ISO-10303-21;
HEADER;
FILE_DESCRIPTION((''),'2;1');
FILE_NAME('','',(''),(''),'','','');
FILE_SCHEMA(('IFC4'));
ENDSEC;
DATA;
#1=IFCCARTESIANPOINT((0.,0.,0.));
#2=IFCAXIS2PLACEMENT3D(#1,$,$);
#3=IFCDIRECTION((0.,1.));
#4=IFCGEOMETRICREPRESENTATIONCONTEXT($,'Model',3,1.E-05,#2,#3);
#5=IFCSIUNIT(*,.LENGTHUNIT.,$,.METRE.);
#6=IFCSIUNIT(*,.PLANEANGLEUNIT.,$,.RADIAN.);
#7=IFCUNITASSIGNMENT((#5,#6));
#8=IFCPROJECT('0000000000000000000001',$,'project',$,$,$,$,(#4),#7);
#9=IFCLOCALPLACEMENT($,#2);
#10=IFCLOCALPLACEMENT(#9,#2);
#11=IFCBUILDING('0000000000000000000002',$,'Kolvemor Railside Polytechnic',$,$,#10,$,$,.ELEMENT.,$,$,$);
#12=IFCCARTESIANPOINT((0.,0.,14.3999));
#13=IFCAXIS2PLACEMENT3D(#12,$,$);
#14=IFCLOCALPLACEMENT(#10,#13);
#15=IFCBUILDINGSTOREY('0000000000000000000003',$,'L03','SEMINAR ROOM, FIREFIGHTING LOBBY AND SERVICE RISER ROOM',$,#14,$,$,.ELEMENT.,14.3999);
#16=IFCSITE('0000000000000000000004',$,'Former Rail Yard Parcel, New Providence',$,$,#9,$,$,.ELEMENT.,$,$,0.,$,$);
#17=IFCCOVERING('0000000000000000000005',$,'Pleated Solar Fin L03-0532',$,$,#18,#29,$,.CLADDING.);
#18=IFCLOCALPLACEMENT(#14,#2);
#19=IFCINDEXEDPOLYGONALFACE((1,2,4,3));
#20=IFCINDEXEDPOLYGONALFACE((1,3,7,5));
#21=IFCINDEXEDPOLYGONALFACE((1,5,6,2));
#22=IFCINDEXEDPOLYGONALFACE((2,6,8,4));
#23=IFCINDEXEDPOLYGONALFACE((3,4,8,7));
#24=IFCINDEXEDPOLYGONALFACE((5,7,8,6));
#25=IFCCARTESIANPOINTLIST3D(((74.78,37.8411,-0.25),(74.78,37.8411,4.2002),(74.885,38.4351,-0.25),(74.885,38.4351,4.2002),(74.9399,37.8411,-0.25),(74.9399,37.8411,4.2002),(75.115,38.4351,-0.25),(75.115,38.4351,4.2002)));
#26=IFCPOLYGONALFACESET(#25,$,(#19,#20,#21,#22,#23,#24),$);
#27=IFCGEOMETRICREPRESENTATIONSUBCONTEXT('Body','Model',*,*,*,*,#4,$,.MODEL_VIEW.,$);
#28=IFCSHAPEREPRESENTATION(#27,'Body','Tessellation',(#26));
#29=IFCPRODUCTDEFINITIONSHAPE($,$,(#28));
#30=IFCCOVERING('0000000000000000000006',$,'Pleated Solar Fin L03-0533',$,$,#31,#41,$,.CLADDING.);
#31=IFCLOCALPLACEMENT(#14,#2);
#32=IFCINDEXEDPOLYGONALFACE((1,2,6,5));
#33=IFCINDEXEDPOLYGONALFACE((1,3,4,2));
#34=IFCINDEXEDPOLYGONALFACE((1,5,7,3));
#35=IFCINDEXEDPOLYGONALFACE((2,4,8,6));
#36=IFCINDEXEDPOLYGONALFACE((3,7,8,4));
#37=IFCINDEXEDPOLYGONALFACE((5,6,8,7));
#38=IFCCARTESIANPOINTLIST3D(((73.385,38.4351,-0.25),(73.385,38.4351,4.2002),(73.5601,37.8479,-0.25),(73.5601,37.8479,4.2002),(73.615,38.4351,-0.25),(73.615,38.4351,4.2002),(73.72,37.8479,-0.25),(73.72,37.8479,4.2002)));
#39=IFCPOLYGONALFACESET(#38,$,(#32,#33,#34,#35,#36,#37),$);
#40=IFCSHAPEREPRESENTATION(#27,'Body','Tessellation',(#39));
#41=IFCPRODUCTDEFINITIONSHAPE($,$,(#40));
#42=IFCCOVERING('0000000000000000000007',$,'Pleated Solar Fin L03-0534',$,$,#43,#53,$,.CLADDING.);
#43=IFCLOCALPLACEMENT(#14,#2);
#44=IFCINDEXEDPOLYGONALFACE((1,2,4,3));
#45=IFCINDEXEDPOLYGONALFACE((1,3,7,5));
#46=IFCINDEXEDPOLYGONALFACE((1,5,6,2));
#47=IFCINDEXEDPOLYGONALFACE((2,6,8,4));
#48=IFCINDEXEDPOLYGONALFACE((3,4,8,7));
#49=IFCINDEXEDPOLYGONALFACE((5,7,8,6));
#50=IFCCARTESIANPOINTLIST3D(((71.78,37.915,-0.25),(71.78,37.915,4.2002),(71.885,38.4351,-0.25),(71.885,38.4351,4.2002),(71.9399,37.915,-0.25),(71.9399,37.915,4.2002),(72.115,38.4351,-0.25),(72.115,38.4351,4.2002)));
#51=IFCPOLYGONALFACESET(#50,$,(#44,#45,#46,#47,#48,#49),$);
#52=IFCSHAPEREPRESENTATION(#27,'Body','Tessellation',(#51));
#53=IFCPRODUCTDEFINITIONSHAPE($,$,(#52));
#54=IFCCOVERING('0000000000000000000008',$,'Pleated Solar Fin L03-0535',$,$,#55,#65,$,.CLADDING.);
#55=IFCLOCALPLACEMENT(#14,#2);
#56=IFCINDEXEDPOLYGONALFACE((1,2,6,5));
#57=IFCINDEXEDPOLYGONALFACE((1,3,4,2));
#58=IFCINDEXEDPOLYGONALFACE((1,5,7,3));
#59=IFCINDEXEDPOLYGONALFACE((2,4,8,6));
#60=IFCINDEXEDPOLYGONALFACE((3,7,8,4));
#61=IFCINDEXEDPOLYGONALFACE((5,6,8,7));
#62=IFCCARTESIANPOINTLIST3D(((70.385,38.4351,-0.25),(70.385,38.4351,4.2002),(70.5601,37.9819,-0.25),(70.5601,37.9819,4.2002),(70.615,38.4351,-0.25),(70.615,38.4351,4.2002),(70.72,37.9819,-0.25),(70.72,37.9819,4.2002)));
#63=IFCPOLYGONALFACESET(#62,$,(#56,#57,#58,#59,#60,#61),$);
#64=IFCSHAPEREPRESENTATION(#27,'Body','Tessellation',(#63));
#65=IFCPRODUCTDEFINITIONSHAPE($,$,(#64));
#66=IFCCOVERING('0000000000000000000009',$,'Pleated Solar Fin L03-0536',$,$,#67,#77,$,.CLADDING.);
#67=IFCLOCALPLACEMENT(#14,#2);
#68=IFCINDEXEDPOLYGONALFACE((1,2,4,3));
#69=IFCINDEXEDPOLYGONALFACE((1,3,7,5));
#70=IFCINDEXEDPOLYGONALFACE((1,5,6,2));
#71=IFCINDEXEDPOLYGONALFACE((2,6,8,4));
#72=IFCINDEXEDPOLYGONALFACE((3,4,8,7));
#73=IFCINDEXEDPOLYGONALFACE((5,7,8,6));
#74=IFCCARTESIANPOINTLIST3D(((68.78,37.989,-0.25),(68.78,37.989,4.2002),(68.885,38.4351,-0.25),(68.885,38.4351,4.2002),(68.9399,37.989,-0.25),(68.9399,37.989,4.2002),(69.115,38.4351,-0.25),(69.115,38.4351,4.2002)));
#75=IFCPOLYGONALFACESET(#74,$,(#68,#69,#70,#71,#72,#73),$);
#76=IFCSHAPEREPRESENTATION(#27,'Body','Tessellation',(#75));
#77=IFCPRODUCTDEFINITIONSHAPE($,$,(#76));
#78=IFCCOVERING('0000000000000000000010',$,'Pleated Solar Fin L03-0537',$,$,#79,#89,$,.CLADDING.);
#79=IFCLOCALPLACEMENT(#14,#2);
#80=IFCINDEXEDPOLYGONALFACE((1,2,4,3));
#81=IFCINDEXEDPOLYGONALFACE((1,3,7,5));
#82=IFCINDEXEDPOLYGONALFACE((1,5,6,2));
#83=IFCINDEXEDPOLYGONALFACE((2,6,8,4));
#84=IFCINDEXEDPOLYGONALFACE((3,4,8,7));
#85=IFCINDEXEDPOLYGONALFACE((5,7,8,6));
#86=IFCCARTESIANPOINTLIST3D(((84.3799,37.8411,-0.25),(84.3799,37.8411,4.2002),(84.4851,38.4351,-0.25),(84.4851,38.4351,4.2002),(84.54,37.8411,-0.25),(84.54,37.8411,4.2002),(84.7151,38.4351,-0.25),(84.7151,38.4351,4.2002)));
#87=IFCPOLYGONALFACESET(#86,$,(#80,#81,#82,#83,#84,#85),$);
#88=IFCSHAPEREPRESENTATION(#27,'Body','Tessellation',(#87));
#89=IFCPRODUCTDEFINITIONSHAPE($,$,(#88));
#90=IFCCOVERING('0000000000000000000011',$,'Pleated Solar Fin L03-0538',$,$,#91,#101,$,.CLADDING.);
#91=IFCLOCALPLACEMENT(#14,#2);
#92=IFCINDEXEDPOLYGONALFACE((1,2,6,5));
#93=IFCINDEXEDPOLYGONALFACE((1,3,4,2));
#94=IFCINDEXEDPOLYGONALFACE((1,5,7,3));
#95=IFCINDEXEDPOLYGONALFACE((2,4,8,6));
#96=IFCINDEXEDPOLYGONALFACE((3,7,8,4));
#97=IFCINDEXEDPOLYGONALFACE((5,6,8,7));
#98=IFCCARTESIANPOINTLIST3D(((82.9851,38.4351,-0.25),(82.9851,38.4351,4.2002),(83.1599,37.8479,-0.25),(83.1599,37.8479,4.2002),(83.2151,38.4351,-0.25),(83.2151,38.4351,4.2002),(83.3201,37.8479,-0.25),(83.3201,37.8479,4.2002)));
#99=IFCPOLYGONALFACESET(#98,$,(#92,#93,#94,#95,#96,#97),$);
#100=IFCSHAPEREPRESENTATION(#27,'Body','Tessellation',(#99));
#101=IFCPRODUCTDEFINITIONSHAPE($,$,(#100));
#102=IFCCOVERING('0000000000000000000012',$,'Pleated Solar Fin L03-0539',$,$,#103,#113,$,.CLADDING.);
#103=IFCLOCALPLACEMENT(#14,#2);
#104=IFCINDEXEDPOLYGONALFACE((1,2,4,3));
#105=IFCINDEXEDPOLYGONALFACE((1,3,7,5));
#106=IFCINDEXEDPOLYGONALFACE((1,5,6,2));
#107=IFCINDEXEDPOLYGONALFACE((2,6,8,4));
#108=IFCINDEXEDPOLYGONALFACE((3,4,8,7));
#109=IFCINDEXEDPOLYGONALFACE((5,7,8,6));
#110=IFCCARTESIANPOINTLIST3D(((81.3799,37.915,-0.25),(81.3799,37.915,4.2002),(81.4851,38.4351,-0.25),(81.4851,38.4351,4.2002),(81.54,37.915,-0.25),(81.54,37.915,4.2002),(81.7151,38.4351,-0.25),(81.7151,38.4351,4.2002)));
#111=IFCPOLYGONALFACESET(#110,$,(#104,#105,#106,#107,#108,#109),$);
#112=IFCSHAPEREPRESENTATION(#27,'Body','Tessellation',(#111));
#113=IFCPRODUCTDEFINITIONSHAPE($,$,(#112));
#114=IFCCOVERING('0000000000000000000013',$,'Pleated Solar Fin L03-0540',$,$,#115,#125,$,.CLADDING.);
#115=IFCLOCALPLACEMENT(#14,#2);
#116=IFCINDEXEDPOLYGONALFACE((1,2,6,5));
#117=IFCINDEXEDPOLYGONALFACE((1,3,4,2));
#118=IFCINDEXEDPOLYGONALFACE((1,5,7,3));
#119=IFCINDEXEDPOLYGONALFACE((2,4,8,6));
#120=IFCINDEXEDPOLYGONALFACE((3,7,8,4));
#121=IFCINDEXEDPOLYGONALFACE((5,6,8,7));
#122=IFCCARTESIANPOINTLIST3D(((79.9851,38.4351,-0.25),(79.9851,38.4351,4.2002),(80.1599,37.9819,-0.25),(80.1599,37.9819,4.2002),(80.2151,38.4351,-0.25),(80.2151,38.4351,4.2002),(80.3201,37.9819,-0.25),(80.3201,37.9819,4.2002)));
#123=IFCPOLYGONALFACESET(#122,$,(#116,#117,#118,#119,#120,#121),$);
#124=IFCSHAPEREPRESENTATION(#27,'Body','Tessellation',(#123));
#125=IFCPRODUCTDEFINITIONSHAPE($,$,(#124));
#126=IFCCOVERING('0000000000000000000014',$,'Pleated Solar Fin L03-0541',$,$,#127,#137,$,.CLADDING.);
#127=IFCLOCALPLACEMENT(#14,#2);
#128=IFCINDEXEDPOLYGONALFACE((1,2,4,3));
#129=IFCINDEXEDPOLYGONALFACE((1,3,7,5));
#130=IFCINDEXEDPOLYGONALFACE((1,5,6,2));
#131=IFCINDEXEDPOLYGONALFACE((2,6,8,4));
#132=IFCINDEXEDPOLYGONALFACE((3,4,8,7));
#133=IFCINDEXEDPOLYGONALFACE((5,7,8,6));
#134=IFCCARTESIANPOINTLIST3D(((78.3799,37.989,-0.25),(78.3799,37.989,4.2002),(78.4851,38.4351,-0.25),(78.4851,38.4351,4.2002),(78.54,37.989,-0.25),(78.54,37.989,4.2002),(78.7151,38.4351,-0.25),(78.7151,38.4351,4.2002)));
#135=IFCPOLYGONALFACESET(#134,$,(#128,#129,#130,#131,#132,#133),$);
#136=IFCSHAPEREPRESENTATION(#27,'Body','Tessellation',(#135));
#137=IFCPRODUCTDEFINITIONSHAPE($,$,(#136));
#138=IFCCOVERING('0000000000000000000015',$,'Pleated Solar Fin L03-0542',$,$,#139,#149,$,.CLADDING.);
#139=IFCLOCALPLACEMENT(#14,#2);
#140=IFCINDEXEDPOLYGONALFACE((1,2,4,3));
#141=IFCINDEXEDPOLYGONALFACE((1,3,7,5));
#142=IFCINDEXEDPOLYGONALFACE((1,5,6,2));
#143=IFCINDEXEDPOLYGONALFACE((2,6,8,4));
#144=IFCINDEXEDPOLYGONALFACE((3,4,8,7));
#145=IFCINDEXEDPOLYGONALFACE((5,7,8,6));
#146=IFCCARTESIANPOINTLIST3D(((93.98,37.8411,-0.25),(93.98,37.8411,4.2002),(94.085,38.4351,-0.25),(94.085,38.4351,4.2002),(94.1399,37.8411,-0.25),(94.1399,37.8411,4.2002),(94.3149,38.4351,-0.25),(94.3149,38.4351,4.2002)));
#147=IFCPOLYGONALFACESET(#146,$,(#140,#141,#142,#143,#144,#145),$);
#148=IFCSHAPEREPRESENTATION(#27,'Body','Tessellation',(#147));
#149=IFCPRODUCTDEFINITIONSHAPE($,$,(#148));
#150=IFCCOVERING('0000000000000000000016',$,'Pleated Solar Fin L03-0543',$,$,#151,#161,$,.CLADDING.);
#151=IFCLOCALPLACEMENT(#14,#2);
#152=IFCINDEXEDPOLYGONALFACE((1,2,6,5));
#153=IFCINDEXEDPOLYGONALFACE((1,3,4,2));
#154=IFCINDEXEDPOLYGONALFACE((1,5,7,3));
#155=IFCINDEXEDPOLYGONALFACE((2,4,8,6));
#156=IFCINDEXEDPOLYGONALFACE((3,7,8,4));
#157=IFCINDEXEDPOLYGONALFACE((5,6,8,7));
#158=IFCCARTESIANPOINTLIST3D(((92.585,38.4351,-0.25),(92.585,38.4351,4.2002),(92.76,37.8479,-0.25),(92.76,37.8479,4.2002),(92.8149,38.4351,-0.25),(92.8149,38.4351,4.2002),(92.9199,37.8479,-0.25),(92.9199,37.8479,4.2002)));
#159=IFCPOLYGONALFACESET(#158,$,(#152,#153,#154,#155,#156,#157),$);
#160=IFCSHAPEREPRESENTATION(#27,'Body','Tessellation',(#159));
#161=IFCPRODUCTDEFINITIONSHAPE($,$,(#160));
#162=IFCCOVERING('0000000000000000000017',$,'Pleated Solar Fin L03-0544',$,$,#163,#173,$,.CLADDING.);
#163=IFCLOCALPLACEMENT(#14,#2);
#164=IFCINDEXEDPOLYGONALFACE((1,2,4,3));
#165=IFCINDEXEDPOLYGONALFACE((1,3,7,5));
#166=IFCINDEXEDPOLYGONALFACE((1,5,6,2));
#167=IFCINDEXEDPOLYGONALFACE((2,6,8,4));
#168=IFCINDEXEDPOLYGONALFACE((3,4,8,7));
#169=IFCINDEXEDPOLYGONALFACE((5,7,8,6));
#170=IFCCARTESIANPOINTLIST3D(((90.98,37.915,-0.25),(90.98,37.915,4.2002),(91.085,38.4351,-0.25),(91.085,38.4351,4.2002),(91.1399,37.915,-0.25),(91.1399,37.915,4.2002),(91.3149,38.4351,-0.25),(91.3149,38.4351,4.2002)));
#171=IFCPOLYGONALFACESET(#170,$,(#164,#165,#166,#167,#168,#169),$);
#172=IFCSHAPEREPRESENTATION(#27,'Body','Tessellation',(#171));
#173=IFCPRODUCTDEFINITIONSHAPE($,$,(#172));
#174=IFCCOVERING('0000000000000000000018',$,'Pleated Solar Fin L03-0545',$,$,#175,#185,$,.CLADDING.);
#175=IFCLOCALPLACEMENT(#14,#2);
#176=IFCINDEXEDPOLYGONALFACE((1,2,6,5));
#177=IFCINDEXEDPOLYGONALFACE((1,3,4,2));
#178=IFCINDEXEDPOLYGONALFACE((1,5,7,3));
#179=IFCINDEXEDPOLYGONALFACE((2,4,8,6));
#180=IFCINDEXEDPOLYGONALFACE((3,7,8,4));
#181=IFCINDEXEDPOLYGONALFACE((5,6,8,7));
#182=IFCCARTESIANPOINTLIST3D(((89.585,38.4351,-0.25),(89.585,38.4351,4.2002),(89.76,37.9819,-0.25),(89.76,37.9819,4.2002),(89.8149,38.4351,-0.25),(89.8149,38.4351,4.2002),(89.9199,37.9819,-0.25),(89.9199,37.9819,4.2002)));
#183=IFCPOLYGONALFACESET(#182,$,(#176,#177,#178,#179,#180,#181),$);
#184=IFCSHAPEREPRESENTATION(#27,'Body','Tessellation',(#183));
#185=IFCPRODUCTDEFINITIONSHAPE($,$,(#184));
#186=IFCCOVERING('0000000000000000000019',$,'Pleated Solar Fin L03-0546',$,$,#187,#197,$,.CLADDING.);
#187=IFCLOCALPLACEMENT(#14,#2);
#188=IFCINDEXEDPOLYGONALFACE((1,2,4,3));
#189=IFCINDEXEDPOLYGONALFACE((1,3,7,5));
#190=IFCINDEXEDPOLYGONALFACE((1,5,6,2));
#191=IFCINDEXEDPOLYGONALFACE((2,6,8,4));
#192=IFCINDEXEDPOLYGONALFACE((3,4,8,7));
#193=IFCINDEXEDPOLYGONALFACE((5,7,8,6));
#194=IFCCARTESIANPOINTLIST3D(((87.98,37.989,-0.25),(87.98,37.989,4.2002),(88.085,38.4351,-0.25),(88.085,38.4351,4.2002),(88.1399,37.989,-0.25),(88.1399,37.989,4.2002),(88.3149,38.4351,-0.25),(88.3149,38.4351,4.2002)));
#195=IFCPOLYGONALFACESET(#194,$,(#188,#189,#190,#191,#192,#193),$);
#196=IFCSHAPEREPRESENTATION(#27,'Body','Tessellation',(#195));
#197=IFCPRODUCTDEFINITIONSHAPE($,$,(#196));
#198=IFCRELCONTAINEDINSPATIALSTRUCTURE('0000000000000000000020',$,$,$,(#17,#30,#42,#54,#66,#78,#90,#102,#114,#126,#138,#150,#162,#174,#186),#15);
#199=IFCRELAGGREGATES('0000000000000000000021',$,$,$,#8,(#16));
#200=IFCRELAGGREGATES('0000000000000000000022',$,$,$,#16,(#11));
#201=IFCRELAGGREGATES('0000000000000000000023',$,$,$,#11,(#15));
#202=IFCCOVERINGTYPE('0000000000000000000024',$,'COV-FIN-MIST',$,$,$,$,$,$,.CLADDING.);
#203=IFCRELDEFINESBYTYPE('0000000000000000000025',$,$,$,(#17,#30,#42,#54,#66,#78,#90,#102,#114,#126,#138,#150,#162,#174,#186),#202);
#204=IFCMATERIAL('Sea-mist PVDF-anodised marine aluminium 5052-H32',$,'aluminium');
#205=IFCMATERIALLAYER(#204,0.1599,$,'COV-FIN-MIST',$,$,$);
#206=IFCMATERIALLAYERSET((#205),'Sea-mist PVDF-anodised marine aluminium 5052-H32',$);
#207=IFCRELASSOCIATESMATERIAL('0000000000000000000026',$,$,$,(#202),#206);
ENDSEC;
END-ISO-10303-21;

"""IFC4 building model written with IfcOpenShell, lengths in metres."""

from ifc_helpers import new_model, si_unit, direction, frame, origin, place, context, subcontext, project, spatial, polyline, outline, extrude, material, layer, layer_set, type_object, element, save


model = new_model("IFC4")

# Units and contexts
model_context = context("Model", 3, precision=1e-05, world=origin(), true_north=direction((0.0, 1.0)))
body_context = subcontext(model_context, "Body", "Model", "MODEL_VIEW")
ifc_project = project(units=[si_unit("LENGTHUNIT", "METRE"), si_unit("PLANEANGLEUNIT", "RADIAN")], contexts=[model_context])

# Site, building, storey
site_placement = place(None, origin())
site = spatial("IfcSite", under=ifc_project, at=site_placement, Name="Former Rail Yard Parcel, New Providence", CompositionType="ELEMENT", RefElevation=0.0)
building_placement = place(site_placement, origin())
building = spatial("IfcBuilding", under=site, at=building_placement, Name="Kolvemor Railside Polytechnic", CompositionType="ELEMENT")
storey_placement = place(building_placement, frame((0.0, 0.0, 14.3999)))
storey = spatial("IfcBuildingStorey", under=building, at=storey_placement, Name="L03", Description="SEMINAR ROOM, FIREFIGHTING LOBBY AND SERVICE RISER ROOM", CompositionType="ELEMENT", Elevation=14.3999)

# Coverings
ifc_material = material(Name="Sea-mist PVDF-anodised marine aluminium 5052-H32", Category="aluminium")
ifc_layer = layer(ifc_material, 0.1599, Name="COV-FIN-MIST")
ifc_layer_set = layer_set([ifc_layer], Name="Sea-mist PVDF-anodised marine aluminium 5052-H32")
covering_type = type_object("IfcCoveringType", Name="COV-FIN-MIST", PredefinedType="CLADDING", material=ifc_layer_set)
covering_1_placement = place(storey_placement, frame((0.0, 0.0, -0.25)))
element("IfcCovering", 1, at=covering_1_placement, inside=storey, type_object=covering_type, Name="Pleated Solar Fin L03-0532", PredefinedType="CLADDING", context=body_context, shape_type="SweptSolid", body=[
    extrude(outline(polyline([(75.115, 38.4351), (74.885, 38.4351), (74.78, 37.8411), (74.9399, 37.8411), (75.115, 38.4351)])), origin(), (0.0, 0.0, 1.0), 4.4502),
])
covering_2_placement = place(storey_placement, frame((0.0, 0.0, -0.25)))
element("IfcCovering", 2, at=covering_2_placement, inside=storey, type_object=covering_type, Name="Pleated Solar Fin L03-0533", PredefinedType="CLADDING", context=body_context, shape_type="SweptSolid", body=[
    extrude(outline(polyline([(73.615, 38.4351), (73.385, 38.4351), (73.5601, 37.8479), (73.72, 37.8479), (73.615, 38.4351)])), origin(), (0.0, 0.0, 1.0), 4.4502),
])
covering_3_placement = place(storey_placement, frame((0.0, 0.0, -0.25)))
element("IfcCovering", 3, at=covering_3_placement, inside=storey, type_object=covering_type, Name="Pleated Solar Fin L03-0534", PredefinedType="CLADDING", context=body_context, shape_type="SweptSolid", body=[
    extrude(outline(polyline([(72.115, 38.4351), (71.885, 38.4351), (71.78, 37.915), (71.9399, 37.915), (72.115, 38.4351)])), origin(), (0.0, 0.0, 1.0), 4.4502),
])
covering_4_placement = place(storey_placement, frame((0.0, 0.0, -0.25)))
element("IfcCovering", 4, at=covering_4_placement, inside=storey, type_object=covering_type, Name="Pleated Solar Fin L03-0535", PredefinedType="CLADDING", context=body_context, shape_type="SweptSolid", body=[
    extrude(outline(polyline([(70.615, 38.4351), (70.385, 38.4351), (70.5601, 37.9819), (70.72, 37.9819), (70.615, 38.4351)])), origin(), (0.0, 0.0, 1.0), 4.4502),
])
covering_5_placement = place(storey_placement, frame((0.0, 0.0, -0.25)))
element("IfcCovering", 5, at=covering_5_placement, inside=storey, type_object=covering_type, Name="Pleated Solar Fin L03-0536", PredefinedType="CLADDING", context=body_context, shape_type="SweptSolid", body=[
    extrude(outline(polyline([(69.115, 38.4351), (68.885, 38.4351), (68.78, 37.989), (68.9399, 37.989), (69.115, 38.4351)])), origin(), (0.0, 0.0, 1.0), 4.4502),
])
covering_6_placement = place(storey_placement, frame((0.0, 0.0, -0.25)))
element("IfcCovering", 6, at=covering_6_placement, inside=storey, type_object=covering_type, Name="Pleated Solar Fin L03-0537", PredefinedType="CLADDING", context=body_context, shape_type="SweptSolid", body=[
    extrude(outline(polyline([(84.7151, 38.4351), (84.4851, 38.4351), (84.3799, 37.8411), (84.54, 37.8411), (84.7151, 38.4351)])), origin(), (0.0, 0.0, 1.0), 4.4502),
])
covering_7_placement = place(storey_placement, frame((0.0, 0.0, -0.25)))
element("IfcCovering", 7, at=covering_7_placement, inside=storey, type_object=covering_type, Name="Pleated Solar Fin L03-0538", PredefinedType="CLADDING", context=body_context, shape_type="SweptSolid", body=[
    extrude(outline(polyline([(83.2151, 38.4351), (82.9851, 38.4351), (83.1599, 37.8479), (83.3201, 37.8479), (83.2151, 38.4351)])), origin(), (0.0, 0.0, 1.0), 4.4502),
])
covering_8_placement = place(storey_placement, frame((0.0, 0.0, -0.25)))
element("IfcCovering", 8, at=covering_8_placement, inside=storey, type_object=covering_type, Name="Pleated Solar Fin L03-0539", PredefinedType="CLADDING", context=body_context, shape_type="SweptSolid", body=[
    extrude(outline(polyline([(81.7151, 38.4351), (81.4851, 38.4351), (81.3799, 37.915), (81.54, 37.915), (81.7151, 38.4351)])), origin(), (0.0, 0.0, 1.0), 4.4502),
])
covering_9_placement = place(storey_placement, frame((0.0, 0.0, -0.25)))
element("IfcCovering", 9, at=covering_9_placement, inside=storey, type_object=covering_type, Name="Pleated Solar Fin L03-0540", PredefinedType="CLADDING", context=body_context, shape_type="SweptSolid", body=[
    extrude(outline(polyline([(80.2151, 38.4351), (79.9851, 38.4351), (80.1599, 37.9819), (80.3201, 37.9819), (80.2151, 38.4351)])), origin(), (0.0, 0.0, 1.0), 4.4502),
])
covering_10_placement = place(storey_placement, frame((0.0, 0.0, -0.25)))
element("IfcCovering", 10, at=covering_10_placement, inside=storey, type_object=covering_type, Name="Pleated Solar Fin L03-0541", PredefinedType="CLADDING", context=body_context, shape_type="SweptSolid", body=[
    extrude(outline(polyline([(78.7151, 38.4351), (78.4851, 38.4351), (78.3799, 37.989), (78.54, 37.989), (78.7151, 38.4351)])), origin(), (0.0, 0.0, 1.0), 4.4502),
])
covering_11_placement = place(storey_placement, frame((0.0, 0.0, -0.25)))
element("IfcCovering", 11, at=covering_11_placement, inside=storey, type_object=covering_type, Name="Pleated Solar Fin L03-0542", PredefinedType="CLADDING", context=body_context, shape_type="SweptSolid", body=[
    extrude(outline(polyline([(94.3149, 38.4351), (94.085, 38.4351), (93.98, 37.8411), (94.1399, 37.8411), (94.3149, 38.4351)])), origin(), (0.0, 0.0, 1.0), 4.4502),
])
covering_12_placement = place(storey_placement, frame((0.0, 0.0, -0.25)))
element("IfcCovering", 12, at=covering_12_placement, inside=storey, type_object=covering_type, Name="Pleated Solar Fin L03-0543", PredefinedType="CLADDING", context=body_context, shape_type="SweptSolid", body=[
    extrude(outline(polyline([(92.8149, 38.4351), (92.585, 38.4351), (92.76, 37.8479), (92.9199, 37.8479), (92.8149, 38.4351)])), origin(), (0.0, 0.0, 1.0), 4.4502),
])
covering_13_placement = place(storey_placement, frame((0.0, 0.0, -0.25)))
element("IfcCovering", 13, at=covering_13_placement, inside=storey, type_object=covering_type, Name="Pleated Solar Fin L03-0544", PredefinedType="CLADDING", context=body_context, shape_type="SweptSolid", body=[
    extrude(outline(polyline([(91.3149, 38.4351), (91.085, 38.4351), (90.98, 37.915), (91.1399, 37.915), (91.3149, 38.4351)])), origin(), (0.0, 0.0, 1.0), 4.4502),
])
covering_14_placement = place(storey_placement, frame((0.0, 0.0, -0.25)))
element("IfcCovering", 14, at=covering_14_placement, inside=storey, type_object=covering_type, Name="Pleated Solar Fin L03-0545", PredefinedType="CLADDING", context=body_context, shape_type="SweptSolid", body=[
    extrude(outline(polyline([(89.8149, 38.4351), (89.585, 38.4351), (89.76, 37.9819), (89.9199, 37.9819), (89.8149, 38.4351)])), origin(), (0.0, 0.0, 1.0), 4.4502),
])
covering_15_placement = place(storey_placement, frame((0.0, 0.0, -0.25)))
element("IfcCovering", 15, at=covering_15_placement, inside=storey, type_object=covering_type, Name="Pleated Solar Fin L03-0546", PredefinedType="CLADDING", context=body_context, shape_type="SweptSolid", body=[
    extrude(outline(polyline([(88.3149, 38.4351), (88.085, 38.4351), (87.98, 37.989), (88.1399, 37.989), (88.3149, 38.4351)])), origin(), (0.0, 0.0, 1.0), 4.4502),
])

save(model, "model.ifc")
